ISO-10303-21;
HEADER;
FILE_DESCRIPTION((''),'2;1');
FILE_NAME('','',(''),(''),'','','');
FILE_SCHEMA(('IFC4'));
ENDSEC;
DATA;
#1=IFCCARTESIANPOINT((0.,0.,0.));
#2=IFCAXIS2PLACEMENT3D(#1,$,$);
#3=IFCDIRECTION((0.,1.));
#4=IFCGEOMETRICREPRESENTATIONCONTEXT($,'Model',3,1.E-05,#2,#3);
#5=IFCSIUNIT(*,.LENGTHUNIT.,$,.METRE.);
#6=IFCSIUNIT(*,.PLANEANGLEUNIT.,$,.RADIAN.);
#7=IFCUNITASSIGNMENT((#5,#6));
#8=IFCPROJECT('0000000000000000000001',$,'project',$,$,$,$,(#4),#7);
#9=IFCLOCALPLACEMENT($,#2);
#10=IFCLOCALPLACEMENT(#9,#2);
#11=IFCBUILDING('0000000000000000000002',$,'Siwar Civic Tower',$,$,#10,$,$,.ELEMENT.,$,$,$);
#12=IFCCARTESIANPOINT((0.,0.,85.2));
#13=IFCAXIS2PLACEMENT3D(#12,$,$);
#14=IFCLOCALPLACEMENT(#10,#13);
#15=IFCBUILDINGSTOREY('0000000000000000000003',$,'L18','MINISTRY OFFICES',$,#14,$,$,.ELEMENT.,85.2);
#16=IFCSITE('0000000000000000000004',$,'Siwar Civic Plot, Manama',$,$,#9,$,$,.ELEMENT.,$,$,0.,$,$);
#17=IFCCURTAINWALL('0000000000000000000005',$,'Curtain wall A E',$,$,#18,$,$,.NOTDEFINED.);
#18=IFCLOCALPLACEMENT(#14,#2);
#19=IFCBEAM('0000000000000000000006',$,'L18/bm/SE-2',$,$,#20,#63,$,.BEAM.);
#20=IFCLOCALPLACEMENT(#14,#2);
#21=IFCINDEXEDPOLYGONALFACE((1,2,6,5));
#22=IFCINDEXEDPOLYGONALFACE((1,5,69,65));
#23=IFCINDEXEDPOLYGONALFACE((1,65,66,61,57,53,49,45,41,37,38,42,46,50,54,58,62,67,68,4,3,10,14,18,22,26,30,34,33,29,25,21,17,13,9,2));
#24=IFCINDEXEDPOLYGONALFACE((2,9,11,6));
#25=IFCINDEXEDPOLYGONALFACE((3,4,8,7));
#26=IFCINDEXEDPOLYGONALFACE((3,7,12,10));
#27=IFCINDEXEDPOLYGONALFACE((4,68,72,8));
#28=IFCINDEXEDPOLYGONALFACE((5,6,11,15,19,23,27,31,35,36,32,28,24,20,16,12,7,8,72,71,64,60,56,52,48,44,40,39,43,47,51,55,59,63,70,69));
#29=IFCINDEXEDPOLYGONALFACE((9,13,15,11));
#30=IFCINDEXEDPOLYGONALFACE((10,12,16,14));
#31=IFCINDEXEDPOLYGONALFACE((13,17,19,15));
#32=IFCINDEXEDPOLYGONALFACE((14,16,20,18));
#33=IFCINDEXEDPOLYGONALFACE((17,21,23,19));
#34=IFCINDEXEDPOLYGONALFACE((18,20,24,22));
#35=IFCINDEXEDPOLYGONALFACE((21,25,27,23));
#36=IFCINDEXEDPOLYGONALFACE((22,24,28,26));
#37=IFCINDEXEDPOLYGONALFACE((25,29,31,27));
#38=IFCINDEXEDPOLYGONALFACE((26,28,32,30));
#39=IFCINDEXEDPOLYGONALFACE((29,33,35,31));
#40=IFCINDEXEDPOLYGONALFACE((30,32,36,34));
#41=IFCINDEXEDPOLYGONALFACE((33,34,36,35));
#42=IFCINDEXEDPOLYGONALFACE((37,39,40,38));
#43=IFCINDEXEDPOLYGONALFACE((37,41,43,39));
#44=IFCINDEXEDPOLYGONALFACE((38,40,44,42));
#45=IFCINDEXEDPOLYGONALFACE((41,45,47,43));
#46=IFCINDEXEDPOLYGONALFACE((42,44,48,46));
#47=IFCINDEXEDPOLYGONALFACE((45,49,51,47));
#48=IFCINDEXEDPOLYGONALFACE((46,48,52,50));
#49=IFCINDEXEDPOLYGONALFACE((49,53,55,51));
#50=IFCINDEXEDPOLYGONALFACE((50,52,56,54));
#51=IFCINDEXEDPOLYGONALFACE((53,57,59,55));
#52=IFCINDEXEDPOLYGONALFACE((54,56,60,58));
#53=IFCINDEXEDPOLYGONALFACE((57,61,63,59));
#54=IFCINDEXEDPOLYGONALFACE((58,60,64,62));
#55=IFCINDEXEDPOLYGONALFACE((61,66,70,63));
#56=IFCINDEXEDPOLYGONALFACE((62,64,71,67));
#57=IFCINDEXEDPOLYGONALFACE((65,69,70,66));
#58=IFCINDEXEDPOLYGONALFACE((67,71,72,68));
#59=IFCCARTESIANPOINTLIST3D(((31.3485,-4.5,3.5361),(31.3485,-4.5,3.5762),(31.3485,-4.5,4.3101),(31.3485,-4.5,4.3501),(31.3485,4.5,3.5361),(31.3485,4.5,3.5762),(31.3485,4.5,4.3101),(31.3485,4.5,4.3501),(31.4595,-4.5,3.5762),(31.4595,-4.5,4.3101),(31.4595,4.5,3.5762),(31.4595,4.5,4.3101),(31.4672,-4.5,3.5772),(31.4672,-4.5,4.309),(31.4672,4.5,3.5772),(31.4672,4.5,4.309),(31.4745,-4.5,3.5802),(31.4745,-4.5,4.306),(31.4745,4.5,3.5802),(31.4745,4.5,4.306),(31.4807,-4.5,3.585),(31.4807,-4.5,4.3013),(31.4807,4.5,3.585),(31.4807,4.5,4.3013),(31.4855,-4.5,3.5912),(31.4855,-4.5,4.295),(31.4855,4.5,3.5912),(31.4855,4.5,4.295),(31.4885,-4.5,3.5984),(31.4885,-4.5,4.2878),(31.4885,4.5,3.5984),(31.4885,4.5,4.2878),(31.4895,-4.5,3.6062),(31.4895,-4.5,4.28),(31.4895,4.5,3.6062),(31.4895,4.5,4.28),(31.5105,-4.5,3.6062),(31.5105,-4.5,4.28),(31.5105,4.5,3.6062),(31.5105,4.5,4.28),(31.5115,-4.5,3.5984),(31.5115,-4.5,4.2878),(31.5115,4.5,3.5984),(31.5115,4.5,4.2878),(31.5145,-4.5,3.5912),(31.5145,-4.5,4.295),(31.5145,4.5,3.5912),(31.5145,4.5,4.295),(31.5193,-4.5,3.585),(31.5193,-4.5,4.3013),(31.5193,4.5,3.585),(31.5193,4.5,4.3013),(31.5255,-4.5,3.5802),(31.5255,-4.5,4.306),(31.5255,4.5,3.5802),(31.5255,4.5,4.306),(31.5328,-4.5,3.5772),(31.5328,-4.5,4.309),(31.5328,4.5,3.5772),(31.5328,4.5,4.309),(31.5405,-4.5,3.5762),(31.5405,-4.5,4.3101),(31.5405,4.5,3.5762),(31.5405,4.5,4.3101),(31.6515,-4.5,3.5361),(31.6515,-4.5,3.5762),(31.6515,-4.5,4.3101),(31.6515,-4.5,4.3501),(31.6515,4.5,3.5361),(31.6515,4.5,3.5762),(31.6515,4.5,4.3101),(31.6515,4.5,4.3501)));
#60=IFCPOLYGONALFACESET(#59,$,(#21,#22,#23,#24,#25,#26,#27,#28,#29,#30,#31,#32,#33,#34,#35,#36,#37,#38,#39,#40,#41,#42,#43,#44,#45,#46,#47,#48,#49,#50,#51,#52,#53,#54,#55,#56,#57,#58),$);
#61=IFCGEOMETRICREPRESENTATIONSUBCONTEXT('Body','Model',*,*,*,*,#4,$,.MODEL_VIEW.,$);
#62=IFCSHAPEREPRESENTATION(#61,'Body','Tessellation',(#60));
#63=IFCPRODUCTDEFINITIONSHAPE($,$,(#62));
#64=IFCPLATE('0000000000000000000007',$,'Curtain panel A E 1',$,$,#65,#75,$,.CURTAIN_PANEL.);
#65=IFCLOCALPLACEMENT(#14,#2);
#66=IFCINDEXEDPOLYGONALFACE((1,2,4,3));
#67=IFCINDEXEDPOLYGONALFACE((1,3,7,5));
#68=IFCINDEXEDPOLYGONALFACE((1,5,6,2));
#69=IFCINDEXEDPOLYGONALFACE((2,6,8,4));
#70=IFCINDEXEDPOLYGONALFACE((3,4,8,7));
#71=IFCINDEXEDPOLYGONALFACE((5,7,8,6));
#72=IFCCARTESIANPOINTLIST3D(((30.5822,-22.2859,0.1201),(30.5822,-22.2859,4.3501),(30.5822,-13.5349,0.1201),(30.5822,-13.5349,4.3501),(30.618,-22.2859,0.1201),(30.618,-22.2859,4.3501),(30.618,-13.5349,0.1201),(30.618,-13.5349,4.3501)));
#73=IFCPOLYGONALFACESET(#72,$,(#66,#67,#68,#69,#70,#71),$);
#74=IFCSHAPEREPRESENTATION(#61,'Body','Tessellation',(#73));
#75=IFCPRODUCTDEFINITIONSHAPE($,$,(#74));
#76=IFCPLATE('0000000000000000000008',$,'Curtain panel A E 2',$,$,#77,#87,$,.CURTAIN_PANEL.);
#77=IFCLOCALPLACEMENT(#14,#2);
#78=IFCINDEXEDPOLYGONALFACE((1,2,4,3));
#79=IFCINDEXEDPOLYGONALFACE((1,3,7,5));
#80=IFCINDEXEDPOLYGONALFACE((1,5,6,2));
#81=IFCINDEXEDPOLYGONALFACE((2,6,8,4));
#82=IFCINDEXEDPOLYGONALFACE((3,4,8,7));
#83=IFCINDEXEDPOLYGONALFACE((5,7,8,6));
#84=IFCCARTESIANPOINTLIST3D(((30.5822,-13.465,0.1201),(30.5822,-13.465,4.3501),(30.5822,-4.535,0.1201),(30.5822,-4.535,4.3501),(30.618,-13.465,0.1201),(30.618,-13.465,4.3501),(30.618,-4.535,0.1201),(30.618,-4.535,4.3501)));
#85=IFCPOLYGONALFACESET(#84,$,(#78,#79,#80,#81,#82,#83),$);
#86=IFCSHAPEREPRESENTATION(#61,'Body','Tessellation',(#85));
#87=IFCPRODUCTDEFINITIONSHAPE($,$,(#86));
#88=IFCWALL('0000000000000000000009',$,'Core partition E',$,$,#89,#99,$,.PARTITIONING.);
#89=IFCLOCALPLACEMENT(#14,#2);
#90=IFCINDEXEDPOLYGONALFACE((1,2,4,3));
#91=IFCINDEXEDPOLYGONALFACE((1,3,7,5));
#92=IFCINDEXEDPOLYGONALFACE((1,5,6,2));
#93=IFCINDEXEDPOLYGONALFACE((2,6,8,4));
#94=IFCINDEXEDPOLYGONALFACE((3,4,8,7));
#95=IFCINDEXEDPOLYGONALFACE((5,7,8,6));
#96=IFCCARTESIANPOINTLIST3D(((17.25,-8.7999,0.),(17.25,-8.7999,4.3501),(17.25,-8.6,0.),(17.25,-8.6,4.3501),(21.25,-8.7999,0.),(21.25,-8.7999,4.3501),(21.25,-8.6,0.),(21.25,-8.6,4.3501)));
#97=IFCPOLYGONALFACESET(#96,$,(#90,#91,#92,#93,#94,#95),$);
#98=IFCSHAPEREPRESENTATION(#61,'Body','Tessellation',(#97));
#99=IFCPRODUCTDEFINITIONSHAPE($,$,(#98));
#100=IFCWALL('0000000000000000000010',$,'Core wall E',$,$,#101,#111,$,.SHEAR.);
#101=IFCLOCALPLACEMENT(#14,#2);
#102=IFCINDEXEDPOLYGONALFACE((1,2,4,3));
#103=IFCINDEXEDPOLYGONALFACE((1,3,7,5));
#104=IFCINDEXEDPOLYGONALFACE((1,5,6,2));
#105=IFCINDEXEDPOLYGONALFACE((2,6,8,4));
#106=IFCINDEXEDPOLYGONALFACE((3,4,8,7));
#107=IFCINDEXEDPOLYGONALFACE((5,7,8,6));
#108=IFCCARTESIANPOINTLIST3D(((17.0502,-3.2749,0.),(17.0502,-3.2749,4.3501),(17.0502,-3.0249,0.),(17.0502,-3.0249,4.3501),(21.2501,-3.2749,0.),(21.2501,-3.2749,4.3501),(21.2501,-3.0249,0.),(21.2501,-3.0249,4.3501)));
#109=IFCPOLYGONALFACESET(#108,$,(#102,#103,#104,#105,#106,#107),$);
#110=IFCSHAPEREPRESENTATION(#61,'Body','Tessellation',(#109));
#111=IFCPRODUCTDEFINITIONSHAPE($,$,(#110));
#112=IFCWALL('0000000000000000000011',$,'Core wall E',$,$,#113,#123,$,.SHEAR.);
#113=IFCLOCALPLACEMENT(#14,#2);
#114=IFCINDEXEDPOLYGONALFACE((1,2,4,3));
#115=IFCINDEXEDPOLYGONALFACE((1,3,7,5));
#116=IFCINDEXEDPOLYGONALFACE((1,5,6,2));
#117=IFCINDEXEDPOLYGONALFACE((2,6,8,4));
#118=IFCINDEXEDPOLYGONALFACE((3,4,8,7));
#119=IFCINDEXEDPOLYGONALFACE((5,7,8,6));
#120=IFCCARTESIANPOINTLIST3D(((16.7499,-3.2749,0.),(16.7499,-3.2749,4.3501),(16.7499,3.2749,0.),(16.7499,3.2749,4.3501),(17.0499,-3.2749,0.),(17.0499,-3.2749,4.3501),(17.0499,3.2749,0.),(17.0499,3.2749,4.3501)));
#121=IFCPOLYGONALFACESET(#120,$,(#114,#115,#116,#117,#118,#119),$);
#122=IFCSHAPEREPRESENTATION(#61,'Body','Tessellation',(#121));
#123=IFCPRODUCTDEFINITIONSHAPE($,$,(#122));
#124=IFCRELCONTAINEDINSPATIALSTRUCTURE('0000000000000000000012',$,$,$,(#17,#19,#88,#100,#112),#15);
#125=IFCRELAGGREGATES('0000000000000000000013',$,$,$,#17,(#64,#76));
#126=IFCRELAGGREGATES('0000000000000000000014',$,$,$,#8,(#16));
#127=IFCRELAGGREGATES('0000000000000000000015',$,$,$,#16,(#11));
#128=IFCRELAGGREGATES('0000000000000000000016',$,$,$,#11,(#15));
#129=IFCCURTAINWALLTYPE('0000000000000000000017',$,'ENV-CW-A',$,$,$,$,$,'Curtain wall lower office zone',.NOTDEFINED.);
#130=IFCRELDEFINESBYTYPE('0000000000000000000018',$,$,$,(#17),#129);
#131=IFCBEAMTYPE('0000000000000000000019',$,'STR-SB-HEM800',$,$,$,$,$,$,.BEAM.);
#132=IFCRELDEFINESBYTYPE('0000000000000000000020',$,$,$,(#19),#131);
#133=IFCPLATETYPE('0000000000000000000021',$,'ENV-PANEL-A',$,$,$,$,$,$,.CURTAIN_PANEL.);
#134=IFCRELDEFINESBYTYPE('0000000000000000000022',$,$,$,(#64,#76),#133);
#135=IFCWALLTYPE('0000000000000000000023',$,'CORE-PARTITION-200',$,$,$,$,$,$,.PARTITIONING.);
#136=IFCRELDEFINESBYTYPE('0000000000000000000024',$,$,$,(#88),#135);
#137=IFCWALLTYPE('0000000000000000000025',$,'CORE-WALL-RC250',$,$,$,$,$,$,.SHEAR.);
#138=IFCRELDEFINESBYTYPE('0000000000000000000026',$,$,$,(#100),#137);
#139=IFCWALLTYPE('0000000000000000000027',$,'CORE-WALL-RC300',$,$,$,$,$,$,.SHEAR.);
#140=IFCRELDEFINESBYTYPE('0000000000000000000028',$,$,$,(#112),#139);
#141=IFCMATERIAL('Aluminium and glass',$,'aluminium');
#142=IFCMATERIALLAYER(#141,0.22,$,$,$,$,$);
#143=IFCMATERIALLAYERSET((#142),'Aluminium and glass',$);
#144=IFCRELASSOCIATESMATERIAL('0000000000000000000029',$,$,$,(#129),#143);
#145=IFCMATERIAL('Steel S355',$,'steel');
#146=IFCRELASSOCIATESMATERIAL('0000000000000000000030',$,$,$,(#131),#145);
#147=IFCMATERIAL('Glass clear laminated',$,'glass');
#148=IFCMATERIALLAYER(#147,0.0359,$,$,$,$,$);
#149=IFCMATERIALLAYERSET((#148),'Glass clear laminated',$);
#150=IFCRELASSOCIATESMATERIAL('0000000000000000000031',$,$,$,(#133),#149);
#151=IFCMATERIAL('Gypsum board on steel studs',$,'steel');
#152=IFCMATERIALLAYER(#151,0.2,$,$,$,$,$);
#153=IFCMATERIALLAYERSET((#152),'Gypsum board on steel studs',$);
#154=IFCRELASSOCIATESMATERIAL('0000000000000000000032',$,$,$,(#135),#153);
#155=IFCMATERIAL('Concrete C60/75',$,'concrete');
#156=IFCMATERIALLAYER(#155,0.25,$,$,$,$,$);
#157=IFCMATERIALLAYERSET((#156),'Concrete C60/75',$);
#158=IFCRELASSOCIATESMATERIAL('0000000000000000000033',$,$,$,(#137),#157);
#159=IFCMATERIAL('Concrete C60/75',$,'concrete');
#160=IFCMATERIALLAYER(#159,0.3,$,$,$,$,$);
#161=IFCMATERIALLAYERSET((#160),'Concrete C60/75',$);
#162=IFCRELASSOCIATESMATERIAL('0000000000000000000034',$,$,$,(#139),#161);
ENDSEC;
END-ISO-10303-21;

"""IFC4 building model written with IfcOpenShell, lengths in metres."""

from ifc_helpers import new_model, si_unit, direction, frame, frame_2d, origin, origin_2d, place, context, subcontext, project, spatial, rectangle, i_section, extrude, material, layer, layer_set, material_profile, profile_set, type_object, element, aggregate, save


model = new_model("IFC4")

# Units and contexts
model_context = context("Model", 3, precision=1e-05, world=origin(), true_north=direction((0.0, 1.0)))
body_context = subcontext(model_context, "Body", "Model", "MODEL_VIEW")
ifc_project = project(units=[si_unit("LENGTHUNIT", "METRE"), si_unit("PLANEANGLEUNIT", "RADIAN")], contexts=[model_context])

# Site, building, storey
site_placement = place(None, origin())
site = spatial("IfcSite", under=ifc_project, at=site_placement, Name="Siwar Civic Plot, Manama", CompositionType="ELEMENT", RefElevation=0.0)
building_placement = place(site_placement, origin())
building = spatial("IfcBuilding", under=site, at=building_placement, Name="Siwar Civic Tower", CompositionType="ELEMENT")
storey_placement = place(building_placement, frame((0.0, 0.0, 85.2)))
storey = spatial("IfcBuildingStorey", under=building, at=storey_placement, Name="L18", Description="MINISTRY OFFICES", CompositionType="ELEMENT", Elevation=85.2)

# Curtain wall
ifc_material_1 = material(Name="Aluminium and glass", Category="aluminium")
ifc_layer_1 = layer(ifc_material_1, 0.22)
ifc_layer_set_1 = layer_set([ifc_layer_1], Name="Aluminium and glass")
curtain_wall_type = type_object("IfcCurtainWallType", Name="ENV-CW-A", ElementType="Curtain wall lower office zone", PredefinedType="NOTDEFINED", material=ifc_layer_set_1)
curtain_wall_placement = place(storey_placement, origin())
curtain_wall = element("IfcCurtainWall", 1, at=curtain_wall_placement, inside=storey, type_object=curtain_wall_type, Name="Curtain wall A E", PredefinedType="NOTDEFINED")

# Beam
ifc_material_2 = material(Name="Steel S355", Category="steel")
ifc_material_profile_1 = material_profile(ifc_material_2, i_section(OverallWidth=0.303, OverallDepth=0.814, WebThickness=0.021, FlangeThickness=0.04, FilletRadius=0.03, at=origin_2d()), Name="HEM800")
ifc_profile_set_1 = profile_set([ifc_material_profile_1], Name="Steel S355")
beam_type_1 = type_object("IfcBeamType", Name="STR-SB-HEM800", PredefinedType="BEAM", material=ifc_profile_set_1)
for number, where, z_axis, x_axis, name in (
    (2, (31.5, -4.5, 3.9431), (0.0, 1.0, 0.0), (-1.0, 0.0, 0.0), "L18/bm/SE-2"),
):
    element("IfcBeam", number, at=place(storey_placement, frame(where, z_axis=z_axis, x_axis=x_axis)), inside=storey, type_object=beam_type_1, Name=name, PredefinedType="BEAM", context=body_context, shape_type="SweptSolid", body=[
        extrude(i_section(OverallWidth=0.303, OverallDepth=0.814, WebThickness=0.021, FlangeThickness=0.04, FilletRadius=0.03, at=origin_2d()), origin(), (0.0, 0.0, 1.0), 9.0),
    ])

# Plates
ifc_material_3 = material(Name="Glass clear laminated", Category="glass")
ifc_layer_2 = layer(ifc_material_3, 0.0359)
ifc_layer_set_2 = layer_set([ifc_layer_2], Name="Glass clear laminated")
plate_type = type_object("IfcPlateType", Name="ENV-PANEL-A", PredefinedType="CURTAIN_PANEL", material=ifc_layer_set_2)
plate_1_placement = place(storey_placement, frame((30.6001, -17.9104, 0.1201), z_axis=(0.0, 0.0, 1.0), x_axis=(0.0, 1.0, 0.0)))
plate_1 = element("IfcPlate", 3, at=plate_1_placement, type_object=plate_type, Name="Curtain panel A E 1", PredefinedType="CURTAIN_PANEL", context=body_context, shape_type="SweptSolid", body=[
    extrude(rectangle(XDim=8.751, YDim=0.0359, at=origin_2d()), origin(), (0.0, 0.0, 1.0), 4.23),
])
plate_2_placement = place(storey_placement, frame((30.6001, -9.0, 0.1201), z_axis=(0.0, 0.0, 1.0), x_axis=(0.0, 1.0, 0.0)))
plate_2 = element("IfcPlate", 4, at=plate_2_placement, type_object=plate_type, Name="Curtain panel A E 2", PredefinedType="CURTAIN_PANEL", context=body_context, shape_type="SweptSolid", body=[
    extrude(rectangle(XDim=8.9299, YDim=0.0359, at=origin_2d()), origin(), (0.0, 0.0, 1.0), 4.23),
])
aggregate(curtain_wall, [plate_1, plate_2])

# Walls
ifc_material_4 = material(Name="Gypsum board on steel studs", Category="steel")
ifc_layer_3 = layer(ifc_material_4, 0.2)
ifc_layer_set_3 = layer_set([ifc_layer_3], Name="Gypsum board on steel studs")
wall_type_1 = type_object("IfcWallType", Name="CORE-PARTITION-200", PredefinedType="PARTITIONING", material=ifc_layer_set_3)
wall_1_placement = place(storey_placement, frame((17.25, -8.7, 0.0), z_axis=(0.0, 0.0, 1.0), x_axis=(1.0, 0.0, 0.0)))
element("IfcWall", 5, at=wall_1_placement, inside=storey, type_object=wall_type_1, Name="Core partition E", PredefinedType="PARTITIONING", context=body_context, shape_type="SweptSolid", body=[
    extrude(rectangle(XDim=4.0, YDim=0.2, at=frame_2d((2.0, 0.0))), origin(), (0.0, 0.0, 1.0), 4.3501),
])
ifc_material_5 = material(Name="Concrete C60/75", Category="concrete")
ifc_layer_4 = layer(ifc_material_5, 0.25)
ifc_layer_set_4 = layer_set([ifc_layer_4], Name="Concrete C60/75")
wall_type_2 = type_object("IfcWallType", Name="CORE-WALL-RC250", PredefinedType="SHEAR", material=ifc_layer_set_4)
wall_2_placement = place(storey_placement, frame((17.05, -3.1499, 0.0), z_axis=(0.0, 0.0, 1.0), x_axis=(1.0, 0.0, 0.0)))
element("IfcWall", 6, at=wall_2_placement, inside=storey, type_object=wall_type_2, Name="Core wall E", PredefinedType="SHEAR", context=body_context, shape_type="SweptSolid", body=[
    extrude(rectangle(XDim=4.2, YDim=0.25, at=frame_2d((2.1001, 0.0))), origin(), (0.0, 0.0, 1.0), 4.3501),
])
ifc_material_6 = material(Name="Concrete C60/75", Category="concrete")
ifc_layer_5 = layer(ifc_material_6, 0.3)
ifc_layer_set_5 = layer_set([ifc_layer_5], Name="Concrete C60/75")
wall_type_3 = type_object("IfcWallType", Name="CORE-WALL-RC300", PredefinedType="SHEAR", material=ifc_layer_set_5)
wall_3_placement = place(storey_placement, frame((16.8999, -3.2749, 0.0), z_axis=(0.0, 0.0, 1.0), x_axis=(0.0, 1.0, 0.0)))
element("IfcWall", 7, at=wall_3_placement, inside=storey, type_object=wall_type_3, Name="Core wall E", PredefinedType="SHEAR", context=body_context, shape_type="SweptSolid", body=[
    extrude(rectangle(XDim=6.5498, YDim=0.3, at=frame_2d((3.2749, 0.0))), origin(), (0.0, 0.0, 1.0), 4.3501),
])

save(model, "model.ifc")
